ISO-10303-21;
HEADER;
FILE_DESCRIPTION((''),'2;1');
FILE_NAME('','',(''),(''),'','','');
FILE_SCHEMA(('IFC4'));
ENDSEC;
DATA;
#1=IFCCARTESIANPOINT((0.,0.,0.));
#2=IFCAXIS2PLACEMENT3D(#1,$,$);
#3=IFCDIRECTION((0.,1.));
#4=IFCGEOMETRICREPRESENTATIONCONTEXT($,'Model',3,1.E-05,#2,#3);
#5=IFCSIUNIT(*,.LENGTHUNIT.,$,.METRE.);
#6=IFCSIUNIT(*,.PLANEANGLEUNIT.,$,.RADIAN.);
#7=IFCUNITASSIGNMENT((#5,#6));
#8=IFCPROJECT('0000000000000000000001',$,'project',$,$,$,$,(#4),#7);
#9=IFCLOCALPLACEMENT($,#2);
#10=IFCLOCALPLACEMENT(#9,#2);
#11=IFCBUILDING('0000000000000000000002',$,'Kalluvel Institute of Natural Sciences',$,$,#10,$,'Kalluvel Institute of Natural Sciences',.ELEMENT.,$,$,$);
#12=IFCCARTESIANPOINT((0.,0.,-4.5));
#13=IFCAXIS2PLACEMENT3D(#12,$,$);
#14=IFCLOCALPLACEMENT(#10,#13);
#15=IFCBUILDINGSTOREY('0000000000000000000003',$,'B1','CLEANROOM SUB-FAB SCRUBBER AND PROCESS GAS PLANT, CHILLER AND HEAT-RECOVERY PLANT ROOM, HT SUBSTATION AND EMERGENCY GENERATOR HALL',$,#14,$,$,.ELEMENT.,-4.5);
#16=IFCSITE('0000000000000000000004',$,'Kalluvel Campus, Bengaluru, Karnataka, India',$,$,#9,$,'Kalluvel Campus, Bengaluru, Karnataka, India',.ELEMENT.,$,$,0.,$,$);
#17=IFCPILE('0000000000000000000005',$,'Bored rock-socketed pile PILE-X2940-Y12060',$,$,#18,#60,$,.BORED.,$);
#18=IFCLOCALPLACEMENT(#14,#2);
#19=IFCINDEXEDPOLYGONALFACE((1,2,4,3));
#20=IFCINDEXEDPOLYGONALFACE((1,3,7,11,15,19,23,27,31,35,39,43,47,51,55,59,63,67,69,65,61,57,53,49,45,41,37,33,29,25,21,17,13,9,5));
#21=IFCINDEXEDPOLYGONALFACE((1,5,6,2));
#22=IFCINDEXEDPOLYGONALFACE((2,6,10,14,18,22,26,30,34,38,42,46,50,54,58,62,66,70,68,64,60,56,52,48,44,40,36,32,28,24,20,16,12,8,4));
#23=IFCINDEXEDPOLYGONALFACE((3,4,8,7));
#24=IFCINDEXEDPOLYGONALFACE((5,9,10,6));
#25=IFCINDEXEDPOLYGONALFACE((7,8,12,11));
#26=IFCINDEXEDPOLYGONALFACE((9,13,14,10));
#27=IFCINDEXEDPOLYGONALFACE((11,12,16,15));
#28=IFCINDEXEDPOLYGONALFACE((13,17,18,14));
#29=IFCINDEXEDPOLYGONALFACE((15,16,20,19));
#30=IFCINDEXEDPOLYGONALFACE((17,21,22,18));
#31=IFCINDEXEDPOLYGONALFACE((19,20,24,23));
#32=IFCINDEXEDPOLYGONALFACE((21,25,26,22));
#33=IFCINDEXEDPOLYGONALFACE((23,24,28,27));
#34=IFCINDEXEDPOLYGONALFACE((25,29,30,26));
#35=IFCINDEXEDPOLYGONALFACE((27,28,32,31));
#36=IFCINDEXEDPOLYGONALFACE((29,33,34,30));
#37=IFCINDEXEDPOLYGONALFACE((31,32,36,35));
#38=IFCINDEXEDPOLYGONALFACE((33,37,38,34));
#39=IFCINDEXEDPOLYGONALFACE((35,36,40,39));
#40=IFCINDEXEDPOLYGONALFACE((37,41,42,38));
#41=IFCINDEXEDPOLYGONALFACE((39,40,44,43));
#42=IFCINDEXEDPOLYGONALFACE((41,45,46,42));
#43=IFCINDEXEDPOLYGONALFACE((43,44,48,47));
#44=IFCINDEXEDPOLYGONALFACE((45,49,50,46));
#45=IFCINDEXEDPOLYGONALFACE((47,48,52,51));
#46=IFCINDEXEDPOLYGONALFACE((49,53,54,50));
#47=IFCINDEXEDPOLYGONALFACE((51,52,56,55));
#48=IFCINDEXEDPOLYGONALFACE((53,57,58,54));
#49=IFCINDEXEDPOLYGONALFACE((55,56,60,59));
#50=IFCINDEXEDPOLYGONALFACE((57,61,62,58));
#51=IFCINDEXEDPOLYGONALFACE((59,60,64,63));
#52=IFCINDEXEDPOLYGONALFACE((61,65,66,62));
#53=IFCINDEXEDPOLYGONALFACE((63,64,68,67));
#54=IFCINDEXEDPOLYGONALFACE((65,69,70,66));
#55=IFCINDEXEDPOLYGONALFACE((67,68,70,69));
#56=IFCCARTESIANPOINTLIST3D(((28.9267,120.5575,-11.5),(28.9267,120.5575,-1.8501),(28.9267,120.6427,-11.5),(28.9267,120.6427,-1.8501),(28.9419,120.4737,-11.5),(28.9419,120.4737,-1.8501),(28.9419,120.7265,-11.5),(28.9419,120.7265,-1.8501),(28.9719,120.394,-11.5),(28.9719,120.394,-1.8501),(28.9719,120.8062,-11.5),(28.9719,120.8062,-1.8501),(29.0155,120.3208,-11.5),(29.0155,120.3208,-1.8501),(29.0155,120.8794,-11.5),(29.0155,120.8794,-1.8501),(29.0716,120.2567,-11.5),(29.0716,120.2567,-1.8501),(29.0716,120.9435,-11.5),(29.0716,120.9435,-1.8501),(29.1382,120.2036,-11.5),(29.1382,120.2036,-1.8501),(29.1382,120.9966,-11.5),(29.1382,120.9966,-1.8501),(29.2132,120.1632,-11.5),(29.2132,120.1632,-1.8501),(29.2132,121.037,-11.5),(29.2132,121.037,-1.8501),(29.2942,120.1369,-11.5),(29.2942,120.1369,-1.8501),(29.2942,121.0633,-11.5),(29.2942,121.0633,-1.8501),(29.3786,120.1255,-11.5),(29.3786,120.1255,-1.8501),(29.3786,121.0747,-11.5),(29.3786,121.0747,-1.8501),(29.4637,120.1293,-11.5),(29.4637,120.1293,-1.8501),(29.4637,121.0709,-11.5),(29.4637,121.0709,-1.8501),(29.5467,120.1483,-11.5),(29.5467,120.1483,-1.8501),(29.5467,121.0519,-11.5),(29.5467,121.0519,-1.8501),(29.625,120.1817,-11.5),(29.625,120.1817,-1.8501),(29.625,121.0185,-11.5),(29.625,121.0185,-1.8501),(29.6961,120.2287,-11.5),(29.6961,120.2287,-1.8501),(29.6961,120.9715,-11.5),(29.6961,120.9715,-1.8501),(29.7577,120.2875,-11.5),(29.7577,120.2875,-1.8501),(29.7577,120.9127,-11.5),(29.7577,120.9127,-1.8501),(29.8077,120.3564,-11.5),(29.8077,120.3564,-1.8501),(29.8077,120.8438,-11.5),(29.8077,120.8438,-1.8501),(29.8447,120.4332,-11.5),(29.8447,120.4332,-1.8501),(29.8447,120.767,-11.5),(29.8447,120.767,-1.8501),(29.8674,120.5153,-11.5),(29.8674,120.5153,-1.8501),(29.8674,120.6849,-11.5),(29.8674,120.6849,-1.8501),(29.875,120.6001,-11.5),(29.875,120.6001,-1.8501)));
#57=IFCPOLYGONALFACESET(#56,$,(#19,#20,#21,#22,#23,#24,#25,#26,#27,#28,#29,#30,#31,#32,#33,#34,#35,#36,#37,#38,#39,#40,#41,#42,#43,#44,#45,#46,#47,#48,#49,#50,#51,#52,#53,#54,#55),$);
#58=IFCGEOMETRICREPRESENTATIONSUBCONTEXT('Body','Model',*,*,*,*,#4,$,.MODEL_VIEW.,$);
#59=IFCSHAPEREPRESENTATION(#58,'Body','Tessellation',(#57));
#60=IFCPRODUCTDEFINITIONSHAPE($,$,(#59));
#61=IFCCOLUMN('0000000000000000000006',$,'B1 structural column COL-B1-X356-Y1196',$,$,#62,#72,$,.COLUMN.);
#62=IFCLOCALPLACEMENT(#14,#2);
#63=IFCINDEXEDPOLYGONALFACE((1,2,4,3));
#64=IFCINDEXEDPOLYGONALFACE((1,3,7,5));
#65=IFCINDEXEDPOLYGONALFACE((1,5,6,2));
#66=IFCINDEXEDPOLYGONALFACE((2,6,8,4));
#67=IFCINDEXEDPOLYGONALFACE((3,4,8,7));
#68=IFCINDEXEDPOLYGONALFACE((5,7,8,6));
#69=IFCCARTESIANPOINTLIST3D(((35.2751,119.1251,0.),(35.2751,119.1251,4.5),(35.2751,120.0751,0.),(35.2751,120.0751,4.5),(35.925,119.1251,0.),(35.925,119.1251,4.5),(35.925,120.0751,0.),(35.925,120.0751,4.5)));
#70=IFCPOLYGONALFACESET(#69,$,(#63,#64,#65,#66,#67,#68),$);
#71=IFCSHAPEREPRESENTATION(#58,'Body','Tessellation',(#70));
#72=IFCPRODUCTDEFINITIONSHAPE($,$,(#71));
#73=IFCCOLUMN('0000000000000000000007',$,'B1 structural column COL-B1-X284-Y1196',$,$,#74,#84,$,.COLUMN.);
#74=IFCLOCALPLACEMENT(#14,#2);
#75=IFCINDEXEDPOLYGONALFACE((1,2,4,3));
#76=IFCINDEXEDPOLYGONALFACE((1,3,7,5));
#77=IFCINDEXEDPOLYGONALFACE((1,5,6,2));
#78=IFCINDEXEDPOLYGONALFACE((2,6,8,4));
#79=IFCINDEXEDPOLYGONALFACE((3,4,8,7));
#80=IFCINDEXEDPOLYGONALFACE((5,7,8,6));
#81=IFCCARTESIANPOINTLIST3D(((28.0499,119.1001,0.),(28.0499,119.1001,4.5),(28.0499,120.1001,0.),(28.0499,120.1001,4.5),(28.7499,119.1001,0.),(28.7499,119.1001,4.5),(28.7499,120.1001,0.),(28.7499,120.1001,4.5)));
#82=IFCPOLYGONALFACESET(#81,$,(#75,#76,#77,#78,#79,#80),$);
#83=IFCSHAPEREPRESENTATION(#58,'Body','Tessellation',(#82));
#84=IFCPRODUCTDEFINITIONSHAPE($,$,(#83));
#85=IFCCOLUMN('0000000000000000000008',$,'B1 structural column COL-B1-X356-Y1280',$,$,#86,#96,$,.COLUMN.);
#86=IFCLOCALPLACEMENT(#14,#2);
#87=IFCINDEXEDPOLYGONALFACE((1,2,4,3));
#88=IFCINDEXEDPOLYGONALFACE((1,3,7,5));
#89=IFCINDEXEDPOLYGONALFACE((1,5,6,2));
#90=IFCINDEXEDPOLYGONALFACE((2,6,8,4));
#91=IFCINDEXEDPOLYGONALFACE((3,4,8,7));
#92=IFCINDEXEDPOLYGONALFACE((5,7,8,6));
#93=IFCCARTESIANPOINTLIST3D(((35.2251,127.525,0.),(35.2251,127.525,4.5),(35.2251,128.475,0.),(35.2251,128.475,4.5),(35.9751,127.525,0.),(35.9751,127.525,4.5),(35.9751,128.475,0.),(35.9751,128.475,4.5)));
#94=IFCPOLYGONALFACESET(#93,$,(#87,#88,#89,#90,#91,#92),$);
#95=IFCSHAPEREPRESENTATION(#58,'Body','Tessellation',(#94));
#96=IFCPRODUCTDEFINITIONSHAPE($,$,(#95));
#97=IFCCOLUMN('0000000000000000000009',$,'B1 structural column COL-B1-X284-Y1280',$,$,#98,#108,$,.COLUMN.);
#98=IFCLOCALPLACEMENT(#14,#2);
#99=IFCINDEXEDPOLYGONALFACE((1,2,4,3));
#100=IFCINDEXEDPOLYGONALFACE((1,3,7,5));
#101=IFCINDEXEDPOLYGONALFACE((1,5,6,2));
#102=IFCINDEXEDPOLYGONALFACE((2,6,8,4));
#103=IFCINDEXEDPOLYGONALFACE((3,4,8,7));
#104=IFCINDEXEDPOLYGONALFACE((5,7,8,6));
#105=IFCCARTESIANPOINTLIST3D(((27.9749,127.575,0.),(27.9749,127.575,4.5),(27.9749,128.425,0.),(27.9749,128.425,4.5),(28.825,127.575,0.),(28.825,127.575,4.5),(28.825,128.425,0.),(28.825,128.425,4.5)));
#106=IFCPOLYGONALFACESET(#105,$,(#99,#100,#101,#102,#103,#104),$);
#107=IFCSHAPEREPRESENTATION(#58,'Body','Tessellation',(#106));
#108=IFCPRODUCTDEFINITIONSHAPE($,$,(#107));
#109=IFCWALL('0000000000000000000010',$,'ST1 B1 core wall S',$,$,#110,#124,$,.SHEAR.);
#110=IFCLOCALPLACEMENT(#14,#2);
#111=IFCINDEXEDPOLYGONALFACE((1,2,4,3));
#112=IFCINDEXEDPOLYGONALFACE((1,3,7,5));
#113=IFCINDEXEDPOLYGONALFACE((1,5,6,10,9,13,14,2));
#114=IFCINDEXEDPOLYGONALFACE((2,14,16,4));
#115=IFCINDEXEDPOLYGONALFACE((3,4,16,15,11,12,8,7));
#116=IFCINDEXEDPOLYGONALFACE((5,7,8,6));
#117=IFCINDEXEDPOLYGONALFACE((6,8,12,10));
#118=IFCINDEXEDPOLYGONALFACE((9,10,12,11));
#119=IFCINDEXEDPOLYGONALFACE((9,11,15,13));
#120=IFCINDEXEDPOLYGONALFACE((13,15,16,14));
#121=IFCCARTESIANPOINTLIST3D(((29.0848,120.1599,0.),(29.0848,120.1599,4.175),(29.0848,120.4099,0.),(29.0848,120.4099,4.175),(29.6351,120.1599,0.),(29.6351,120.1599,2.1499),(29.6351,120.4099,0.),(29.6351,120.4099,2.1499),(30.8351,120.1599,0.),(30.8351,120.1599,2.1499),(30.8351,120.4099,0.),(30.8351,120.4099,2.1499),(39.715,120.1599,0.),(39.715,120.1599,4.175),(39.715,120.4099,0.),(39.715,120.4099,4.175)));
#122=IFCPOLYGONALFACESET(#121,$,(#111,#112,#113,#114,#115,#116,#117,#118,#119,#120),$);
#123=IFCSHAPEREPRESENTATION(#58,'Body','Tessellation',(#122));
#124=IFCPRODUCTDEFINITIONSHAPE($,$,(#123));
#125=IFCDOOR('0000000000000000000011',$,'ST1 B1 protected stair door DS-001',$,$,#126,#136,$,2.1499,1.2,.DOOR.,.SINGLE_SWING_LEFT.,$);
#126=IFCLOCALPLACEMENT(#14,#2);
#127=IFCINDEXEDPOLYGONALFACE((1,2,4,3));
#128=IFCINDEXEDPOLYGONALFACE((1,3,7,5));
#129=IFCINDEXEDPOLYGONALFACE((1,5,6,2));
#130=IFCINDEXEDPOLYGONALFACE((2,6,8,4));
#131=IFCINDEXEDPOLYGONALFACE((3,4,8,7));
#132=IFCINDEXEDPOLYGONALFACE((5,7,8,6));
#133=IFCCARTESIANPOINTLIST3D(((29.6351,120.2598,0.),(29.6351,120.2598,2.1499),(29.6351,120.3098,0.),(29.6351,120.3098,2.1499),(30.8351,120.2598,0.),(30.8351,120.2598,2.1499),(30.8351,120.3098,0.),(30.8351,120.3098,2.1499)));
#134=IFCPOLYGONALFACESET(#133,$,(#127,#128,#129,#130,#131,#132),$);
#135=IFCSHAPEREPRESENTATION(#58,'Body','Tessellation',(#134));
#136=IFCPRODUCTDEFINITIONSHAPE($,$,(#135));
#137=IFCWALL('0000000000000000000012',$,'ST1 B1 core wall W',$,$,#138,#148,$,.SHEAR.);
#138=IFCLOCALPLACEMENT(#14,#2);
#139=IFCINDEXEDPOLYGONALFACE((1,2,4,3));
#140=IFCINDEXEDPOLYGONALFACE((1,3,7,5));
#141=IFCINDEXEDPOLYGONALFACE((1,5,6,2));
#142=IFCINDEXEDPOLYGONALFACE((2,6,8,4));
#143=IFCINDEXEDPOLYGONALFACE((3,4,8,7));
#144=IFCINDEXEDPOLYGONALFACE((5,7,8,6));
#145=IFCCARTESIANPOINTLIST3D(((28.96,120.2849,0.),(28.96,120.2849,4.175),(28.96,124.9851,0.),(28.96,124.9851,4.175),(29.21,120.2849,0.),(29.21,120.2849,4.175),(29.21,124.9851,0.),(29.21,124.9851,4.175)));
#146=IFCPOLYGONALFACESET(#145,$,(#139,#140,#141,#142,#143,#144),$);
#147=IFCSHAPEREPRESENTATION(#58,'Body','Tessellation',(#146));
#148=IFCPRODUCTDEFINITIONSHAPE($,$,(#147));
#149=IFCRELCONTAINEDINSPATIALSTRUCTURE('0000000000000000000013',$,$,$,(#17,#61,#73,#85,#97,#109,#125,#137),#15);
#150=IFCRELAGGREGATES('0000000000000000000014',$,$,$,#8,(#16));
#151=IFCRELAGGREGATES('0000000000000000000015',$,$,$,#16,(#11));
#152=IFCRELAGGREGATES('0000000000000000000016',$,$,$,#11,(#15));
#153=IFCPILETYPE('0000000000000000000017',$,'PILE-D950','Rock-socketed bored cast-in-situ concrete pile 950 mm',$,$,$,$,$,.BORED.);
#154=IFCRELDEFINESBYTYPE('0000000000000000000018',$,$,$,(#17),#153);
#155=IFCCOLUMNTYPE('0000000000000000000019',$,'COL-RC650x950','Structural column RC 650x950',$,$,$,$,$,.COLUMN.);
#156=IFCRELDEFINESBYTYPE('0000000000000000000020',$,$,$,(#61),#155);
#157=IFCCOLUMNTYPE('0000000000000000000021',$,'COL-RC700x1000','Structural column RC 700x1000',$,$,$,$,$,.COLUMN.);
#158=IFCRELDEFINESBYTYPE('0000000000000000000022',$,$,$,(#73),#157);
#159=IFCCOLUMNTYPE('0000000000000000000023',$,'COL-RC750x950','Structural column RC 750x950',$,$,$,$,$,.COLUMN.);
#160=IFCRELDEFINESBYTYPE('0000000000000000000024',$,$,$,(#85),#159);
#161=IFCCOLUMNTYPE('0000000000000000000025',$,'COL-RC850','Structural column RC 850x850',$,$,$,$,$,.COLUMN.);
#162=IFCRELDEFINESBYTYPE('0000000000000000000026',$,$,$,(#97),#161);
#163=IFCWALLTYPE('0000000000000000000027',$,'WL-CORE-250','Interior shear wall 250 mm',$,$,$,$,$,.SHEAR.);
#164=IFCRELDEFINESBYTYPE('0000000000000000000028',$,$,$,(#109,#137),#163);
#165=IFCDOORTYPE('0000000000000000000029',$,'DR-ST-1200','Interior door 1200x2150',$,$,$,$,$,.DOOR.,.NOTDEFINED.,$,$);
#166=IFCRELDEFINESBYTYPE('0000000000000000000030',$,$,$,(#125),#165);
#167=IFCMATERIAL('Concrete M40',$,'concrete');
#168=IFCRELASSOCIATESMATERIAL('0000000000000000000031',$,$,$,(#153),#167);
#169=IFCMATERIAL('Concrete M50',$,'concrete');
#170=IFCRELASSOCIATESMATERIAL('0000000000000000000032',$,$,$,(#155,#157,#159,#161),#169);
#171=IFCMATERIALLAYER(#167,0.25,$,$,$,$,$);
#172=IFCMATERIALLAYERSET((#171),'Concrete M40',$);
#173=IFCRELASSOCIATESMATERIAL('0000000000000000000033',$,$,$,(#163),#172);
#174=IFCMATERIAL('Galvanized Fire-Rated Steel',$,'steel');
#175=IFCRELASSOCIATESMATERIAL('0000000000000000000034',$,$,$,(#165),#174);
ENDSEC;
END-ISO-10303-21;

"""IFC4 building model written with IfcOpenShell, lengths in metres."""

from ifc_helpers import new_model, si_unit, direction, frame, frame_2d, origin, origin_2d, place, context, subcontext, project, spatial, rectangle, circle, extrude, material, layer, layer_set, material_profile, profile_set, type_object, element, fill, save


model = new_model("IFC4")

# Units and contexts
model_context = context("Model", 3, precision=1e-05, world=origin(), true_north=direction((0.0, 1.0)))
body_context = subcontext(model_context, "Body", "Model", "MODEL_VIEW")
ifc_project = project(units=[si_unit("LENGTHUNIT", "METRE"), si_unit("PLANEANGLEUNIT", "RADIAN")], contexts=[model_context])

# Site, building, storey
site_placement = place(None, origin())
site = spatial("IfcSite", under=ifc_project, at=site_placement, Name="Kalluvel Campus, Bengaluru, Karnataka, India", LongName="Kalluvel Campus, Bengaluru, Karnataka, India", CompositionType="ELEMENT", RefElevation=0.0)
building_placement = place(site_placement, origin())
building = spatial("IfcBuilding", under=site, at=building_placement, Name="Kalluvel Institute of Natural Sciences", LongName="Kalluvel Institute of Natural Sciences", CompositionType="ELEMENT")
storey_placement = place(building_placement, frame((0.0, 0.0, -4.5)))
storey = spatial("IfcBuildingStorey", under=building, at=storey_placement, Name="B1", Description="CLEANROOM SUB-FAB SCRUBBER AND PROCESS GAS PLANT, CHILLER AND HEAT-RECOVERY PLANT ROOM, HT SUBSTATION AND EMERGENCY GENERATOR HALL", CompositionType="ELEMENT", Elevation=-4.5)

# Shared definitions
ifc_material_1 = material(Name="Concrete M40", Category="concrete")

# Pile
ifc_material_profile_1 = material_profile(ifc_material_1, circle(Radius=0.4751, at=origin_2d()), Name="PILE D950")
ifc_profile_set_1 = profile_set([ifc_material_profile_1], Name="Concrete M40")
pile_type_1 = type_object("IfcPileType", Name="PILE-D950", Description="Rock-socketed bored cast-in-situ concrete pile 950 mm", PredefinedType="BORED", material=ifc_profile_set_1)
pile_placement = place(storey_placement, frame((29.3999, 120.6001, -1.8501), z_axis=(0.0, 0.0, -1.0), x_axis=(1.0, 0.0, 0.0)))
element("IfcPile", 1, at=pile_placement, inside=storey, type_object=pile_type_1, Name="Bored rock-socketed pile PILE-X2940-Y12060", PredefinedType="BORED", context=body_context, shape_type="SweptSolid", body=[
    extrude(circle(Radius=0.4751, at=origin_2d()), origin(), (0.0, 0.0, 1.0), 9.6499),
])

# Columns
ifc_material_2 = material(Name="Concrete M50", Category="concrete")
ifc_material_profile_2 = material_profile(ifc_material_2, rectangle(XDim=0.6499, YDim=0.95, at=origin_2d()), Name="RC 650x950")
ifc_profile_set_2 = profile_set([ifc_material_profile_2], Name="Concrete M50")
column_type_1 = type_object("IfcColumnType", Name="COL-RC650x950", Description="Structural column RC 650x950", PredefinedType="COLUMN", material=ifc_profile_set_2)
column_1_placement = place(storey_placement, frame((35.6001, 119.6001, 0.0), z_axis=(0.0, 0.0, 1.0), x_axis=(1.0, 0.0, 0.0)))
element("IfcColumn", 2, at=column_1_placement, inside=storey, type_object=column_type_1, Name="B1 structural column COL-B1-X356-Y1196", PredefinedType="COLUMN", context=body_context, shape_type="SweptSolid", body=[
    extrude(rectangle(XDim=0.6499, YDim=0.95, at=origin_2d()), origin(), (0.0, 0.0, 1.0), 4.5),
])
ifc_material_profile_3 = material_profile(ifc_material_2, rectangle(XDim=0.7, YDim=1.0, at=origin_2d()), Name="RC 700x1000")
ifc_profile_set_3 = profile_set([ifc_material_profile_3], Name="Concrete M50")
column_type_2 = type_object("IfcColumnType", Name="COL-RC700x1000", Description="Structural column RC 700x1000", PredefinedType="COLUMN", material=ifc_profile_set_3)
column_2_placement = place(storey_placement, frame((28.3999, 119.6001, 0.0), z_axis=(0.0, 0.0, 1.0), x_axis=(1.0, 0.0, 0.0)))
element("IfcColumn", 3, at=column_2_placement, inside=storey, type_object=column_type_2, Name="B1 structural column COL-B1-X284-Y1196", PredefinedType="COLUMN", context=body_context, shape_type="SweptSolid", body=[
    extrude(rectangle(XDim=0.7, YDim=1.0, at=origin_2d()), origin(), (0.0, 0.0, 1.0), 4.5),
])
ifc_material_profile_4 = material_profile(ifc_material_2, rectangle(XDim=0.75, YDim=0.95, at=origin_2d()), Name="RC 750x950")
ifc_profile_set_4 = profile_set([ifc_material_profile_4], Name="Concrete M50")
column_type_3 = type_object("IfcColumnType", Name="COL-RC750x950", Description="Structural column RC 750x950", PredefinedType="COLUMN", material=ifc_profile_set_4)
column_3_placement = place(storey_placement, frame((35.6001, 128.0, 0.0), z_axis=(0.0, 0.0, 1.0), x_axis=(1.0, 0.0, 0.0)))
element("IfcColumn", 4, at=column_3_placement, inside=storey, type_object=column_type_3, Name="B1 structural column COL-B1-X356-Y1280", PredefinedType="COLUMN", context=body_context, shape_type="SweptSolid", body=[
    extrude(rectangle(XDim=0.75, YDim=0.95, at=origin_2d()), origin(), (0.0, 0.0, 1.0), 4.5),
])
ifc_material_profile_5 = material_profile(ifc_material_2, rectangle(XDim=0.8501, YDim=0.8501, at=origin_2d()), Name="RC 850x850")
ifc_profile_set_5 = profile_set([ifc_material_profile_5], Name="Concrete M50")
column_type_4 = type_object("IfcColumnType", Name="COL-RC850", Description="Structural column RC 850x850", PredefinedType="COLUMN", material=ifc_profile_set_5)
column_4_placement = place(storey_placement, frame((28.3999, 128.0, 0.0), z_axis=(0.0, 0.0, 1.0), x_axis=(1.0, 0.0, 0.0)))
element("IfcColumn", 5, at=column_4_placement, inside=storey, type_object=column_type_4, Name="B1 structural column COL-B1-X284-Y1280", PredefinedType="COLUMN", context=body_context, shape_type="SweptSolid", body=[
    extrude(rectangle(XDim=0.8501, YDim=0.8501, at=origin_2d()), origin(), (0.0, 0.0, 1.0), 4.5),
])

# Wall, opening, door
ifc_layer = layer(ifc_material_1, 0.25)
ifc_layer_set = layer_set([ifc_layer], Name="Concrete M40")
wall_type = type_object("IfcWallType", Name="WL-CORE-250", Description="Interior shear wall 250 mm", PredefinedType="SHEAR", material=ifc_layer_set)
wall_1_placement = place(storey_placement, frame((29.085, 120.2849, 0.0), z_axis=(0.0, 0.0, 1.0), x_axis=(1.0, 0.0, 0.0)))
wall_1 = element("IfcWall", 6, at=wall_1_placement, inside=storey, type_object=wall_type, Name="ST1 B1 core wall S", PredefinedType="SHEAR", context=body_context, shape_type="SweptSolid", body=[
    extrude(rectangle(XDim=10.6301, YDim=0.25, at=frame_2d((5.3149, 0.0))), origin(), (0.0, 0.0, 1.0), 4.175),
])
opening_placement = place(wall_1_placement, frame((0.55, 0.0, 0.0)))
opening = element("IfcOpeningElement", 7, at=opening_placement, cuts=wall_1, PredefinedType="OPENING", context=body_context, shape_type="SweptSolid", body=[
    extrude(rectangle(XDim=1.2, YDim=2.1499, at=frame_2d((0.6001, 1.075))), frame((0.0, 0.135, 0.0), z_axis=(0.0, -1.0, 0.0), x_axis=(1.0, 0.0, 0.0)), (0.0, 0.0, 1.0), 0.27),
])
ifc_material_3 = material(Name="Galvanized Fire-Rated Steel", Category="steel")
door_type = type_object("IfcDoorType", Name="DR-ST-1200", Description="Interior door 1200x2150", OperationType="NOTDEFINED", PredefinedType="DOOR", material=ifc_material_3)
door_placement = place(opening_placement, origin())
door = element("IfcDoor", 8, at=door_placement, inside=storey, type_object=door_type, Name="ST1 B1 protected stair door DS-001", OperationType="SINGLE_SWING_LEFT", OverallHeight=2.1499, OverallWidth=1.2, PredefinedType="DOOR", context=body_context, shape_type="SweptSolid", body=[
    extrude(rectangle(XDim=1.2, YDim=2.1499, at=frame_2d((0.6001, 1.075))), frame((0.0, 0.0249, 0.0), z_axis=(0.0, -1.0, 0.0), x_axis=(1.0, 0.0, 0.0)), (0.0, 0.0, 1.0), 0.05),
])
fill(opening, door)

# Wall
wall_2_placement = place(storey_placement, frame((29.085, 124.9851, 0.0), z_axis=(0.0, 0.0, 1.0), x_axis=(0.0, -1.0, 0.0)))
element("IfcWall", 9, at=wall_2_placement, inside=storey, type_object=wall_type, Name="ST1 B1 core wall W", PredefinedType="SHEAR", context=body_context, shape_type="SweptSolid", body=[
    extrude(rectangle(XDim=4.7002, YDim=0.25, at=frame_2d((2.3501, 0.0))), origin(), (0.0, 0.0, 1.0), 4.175),
])

save(model, "model.ifc")
